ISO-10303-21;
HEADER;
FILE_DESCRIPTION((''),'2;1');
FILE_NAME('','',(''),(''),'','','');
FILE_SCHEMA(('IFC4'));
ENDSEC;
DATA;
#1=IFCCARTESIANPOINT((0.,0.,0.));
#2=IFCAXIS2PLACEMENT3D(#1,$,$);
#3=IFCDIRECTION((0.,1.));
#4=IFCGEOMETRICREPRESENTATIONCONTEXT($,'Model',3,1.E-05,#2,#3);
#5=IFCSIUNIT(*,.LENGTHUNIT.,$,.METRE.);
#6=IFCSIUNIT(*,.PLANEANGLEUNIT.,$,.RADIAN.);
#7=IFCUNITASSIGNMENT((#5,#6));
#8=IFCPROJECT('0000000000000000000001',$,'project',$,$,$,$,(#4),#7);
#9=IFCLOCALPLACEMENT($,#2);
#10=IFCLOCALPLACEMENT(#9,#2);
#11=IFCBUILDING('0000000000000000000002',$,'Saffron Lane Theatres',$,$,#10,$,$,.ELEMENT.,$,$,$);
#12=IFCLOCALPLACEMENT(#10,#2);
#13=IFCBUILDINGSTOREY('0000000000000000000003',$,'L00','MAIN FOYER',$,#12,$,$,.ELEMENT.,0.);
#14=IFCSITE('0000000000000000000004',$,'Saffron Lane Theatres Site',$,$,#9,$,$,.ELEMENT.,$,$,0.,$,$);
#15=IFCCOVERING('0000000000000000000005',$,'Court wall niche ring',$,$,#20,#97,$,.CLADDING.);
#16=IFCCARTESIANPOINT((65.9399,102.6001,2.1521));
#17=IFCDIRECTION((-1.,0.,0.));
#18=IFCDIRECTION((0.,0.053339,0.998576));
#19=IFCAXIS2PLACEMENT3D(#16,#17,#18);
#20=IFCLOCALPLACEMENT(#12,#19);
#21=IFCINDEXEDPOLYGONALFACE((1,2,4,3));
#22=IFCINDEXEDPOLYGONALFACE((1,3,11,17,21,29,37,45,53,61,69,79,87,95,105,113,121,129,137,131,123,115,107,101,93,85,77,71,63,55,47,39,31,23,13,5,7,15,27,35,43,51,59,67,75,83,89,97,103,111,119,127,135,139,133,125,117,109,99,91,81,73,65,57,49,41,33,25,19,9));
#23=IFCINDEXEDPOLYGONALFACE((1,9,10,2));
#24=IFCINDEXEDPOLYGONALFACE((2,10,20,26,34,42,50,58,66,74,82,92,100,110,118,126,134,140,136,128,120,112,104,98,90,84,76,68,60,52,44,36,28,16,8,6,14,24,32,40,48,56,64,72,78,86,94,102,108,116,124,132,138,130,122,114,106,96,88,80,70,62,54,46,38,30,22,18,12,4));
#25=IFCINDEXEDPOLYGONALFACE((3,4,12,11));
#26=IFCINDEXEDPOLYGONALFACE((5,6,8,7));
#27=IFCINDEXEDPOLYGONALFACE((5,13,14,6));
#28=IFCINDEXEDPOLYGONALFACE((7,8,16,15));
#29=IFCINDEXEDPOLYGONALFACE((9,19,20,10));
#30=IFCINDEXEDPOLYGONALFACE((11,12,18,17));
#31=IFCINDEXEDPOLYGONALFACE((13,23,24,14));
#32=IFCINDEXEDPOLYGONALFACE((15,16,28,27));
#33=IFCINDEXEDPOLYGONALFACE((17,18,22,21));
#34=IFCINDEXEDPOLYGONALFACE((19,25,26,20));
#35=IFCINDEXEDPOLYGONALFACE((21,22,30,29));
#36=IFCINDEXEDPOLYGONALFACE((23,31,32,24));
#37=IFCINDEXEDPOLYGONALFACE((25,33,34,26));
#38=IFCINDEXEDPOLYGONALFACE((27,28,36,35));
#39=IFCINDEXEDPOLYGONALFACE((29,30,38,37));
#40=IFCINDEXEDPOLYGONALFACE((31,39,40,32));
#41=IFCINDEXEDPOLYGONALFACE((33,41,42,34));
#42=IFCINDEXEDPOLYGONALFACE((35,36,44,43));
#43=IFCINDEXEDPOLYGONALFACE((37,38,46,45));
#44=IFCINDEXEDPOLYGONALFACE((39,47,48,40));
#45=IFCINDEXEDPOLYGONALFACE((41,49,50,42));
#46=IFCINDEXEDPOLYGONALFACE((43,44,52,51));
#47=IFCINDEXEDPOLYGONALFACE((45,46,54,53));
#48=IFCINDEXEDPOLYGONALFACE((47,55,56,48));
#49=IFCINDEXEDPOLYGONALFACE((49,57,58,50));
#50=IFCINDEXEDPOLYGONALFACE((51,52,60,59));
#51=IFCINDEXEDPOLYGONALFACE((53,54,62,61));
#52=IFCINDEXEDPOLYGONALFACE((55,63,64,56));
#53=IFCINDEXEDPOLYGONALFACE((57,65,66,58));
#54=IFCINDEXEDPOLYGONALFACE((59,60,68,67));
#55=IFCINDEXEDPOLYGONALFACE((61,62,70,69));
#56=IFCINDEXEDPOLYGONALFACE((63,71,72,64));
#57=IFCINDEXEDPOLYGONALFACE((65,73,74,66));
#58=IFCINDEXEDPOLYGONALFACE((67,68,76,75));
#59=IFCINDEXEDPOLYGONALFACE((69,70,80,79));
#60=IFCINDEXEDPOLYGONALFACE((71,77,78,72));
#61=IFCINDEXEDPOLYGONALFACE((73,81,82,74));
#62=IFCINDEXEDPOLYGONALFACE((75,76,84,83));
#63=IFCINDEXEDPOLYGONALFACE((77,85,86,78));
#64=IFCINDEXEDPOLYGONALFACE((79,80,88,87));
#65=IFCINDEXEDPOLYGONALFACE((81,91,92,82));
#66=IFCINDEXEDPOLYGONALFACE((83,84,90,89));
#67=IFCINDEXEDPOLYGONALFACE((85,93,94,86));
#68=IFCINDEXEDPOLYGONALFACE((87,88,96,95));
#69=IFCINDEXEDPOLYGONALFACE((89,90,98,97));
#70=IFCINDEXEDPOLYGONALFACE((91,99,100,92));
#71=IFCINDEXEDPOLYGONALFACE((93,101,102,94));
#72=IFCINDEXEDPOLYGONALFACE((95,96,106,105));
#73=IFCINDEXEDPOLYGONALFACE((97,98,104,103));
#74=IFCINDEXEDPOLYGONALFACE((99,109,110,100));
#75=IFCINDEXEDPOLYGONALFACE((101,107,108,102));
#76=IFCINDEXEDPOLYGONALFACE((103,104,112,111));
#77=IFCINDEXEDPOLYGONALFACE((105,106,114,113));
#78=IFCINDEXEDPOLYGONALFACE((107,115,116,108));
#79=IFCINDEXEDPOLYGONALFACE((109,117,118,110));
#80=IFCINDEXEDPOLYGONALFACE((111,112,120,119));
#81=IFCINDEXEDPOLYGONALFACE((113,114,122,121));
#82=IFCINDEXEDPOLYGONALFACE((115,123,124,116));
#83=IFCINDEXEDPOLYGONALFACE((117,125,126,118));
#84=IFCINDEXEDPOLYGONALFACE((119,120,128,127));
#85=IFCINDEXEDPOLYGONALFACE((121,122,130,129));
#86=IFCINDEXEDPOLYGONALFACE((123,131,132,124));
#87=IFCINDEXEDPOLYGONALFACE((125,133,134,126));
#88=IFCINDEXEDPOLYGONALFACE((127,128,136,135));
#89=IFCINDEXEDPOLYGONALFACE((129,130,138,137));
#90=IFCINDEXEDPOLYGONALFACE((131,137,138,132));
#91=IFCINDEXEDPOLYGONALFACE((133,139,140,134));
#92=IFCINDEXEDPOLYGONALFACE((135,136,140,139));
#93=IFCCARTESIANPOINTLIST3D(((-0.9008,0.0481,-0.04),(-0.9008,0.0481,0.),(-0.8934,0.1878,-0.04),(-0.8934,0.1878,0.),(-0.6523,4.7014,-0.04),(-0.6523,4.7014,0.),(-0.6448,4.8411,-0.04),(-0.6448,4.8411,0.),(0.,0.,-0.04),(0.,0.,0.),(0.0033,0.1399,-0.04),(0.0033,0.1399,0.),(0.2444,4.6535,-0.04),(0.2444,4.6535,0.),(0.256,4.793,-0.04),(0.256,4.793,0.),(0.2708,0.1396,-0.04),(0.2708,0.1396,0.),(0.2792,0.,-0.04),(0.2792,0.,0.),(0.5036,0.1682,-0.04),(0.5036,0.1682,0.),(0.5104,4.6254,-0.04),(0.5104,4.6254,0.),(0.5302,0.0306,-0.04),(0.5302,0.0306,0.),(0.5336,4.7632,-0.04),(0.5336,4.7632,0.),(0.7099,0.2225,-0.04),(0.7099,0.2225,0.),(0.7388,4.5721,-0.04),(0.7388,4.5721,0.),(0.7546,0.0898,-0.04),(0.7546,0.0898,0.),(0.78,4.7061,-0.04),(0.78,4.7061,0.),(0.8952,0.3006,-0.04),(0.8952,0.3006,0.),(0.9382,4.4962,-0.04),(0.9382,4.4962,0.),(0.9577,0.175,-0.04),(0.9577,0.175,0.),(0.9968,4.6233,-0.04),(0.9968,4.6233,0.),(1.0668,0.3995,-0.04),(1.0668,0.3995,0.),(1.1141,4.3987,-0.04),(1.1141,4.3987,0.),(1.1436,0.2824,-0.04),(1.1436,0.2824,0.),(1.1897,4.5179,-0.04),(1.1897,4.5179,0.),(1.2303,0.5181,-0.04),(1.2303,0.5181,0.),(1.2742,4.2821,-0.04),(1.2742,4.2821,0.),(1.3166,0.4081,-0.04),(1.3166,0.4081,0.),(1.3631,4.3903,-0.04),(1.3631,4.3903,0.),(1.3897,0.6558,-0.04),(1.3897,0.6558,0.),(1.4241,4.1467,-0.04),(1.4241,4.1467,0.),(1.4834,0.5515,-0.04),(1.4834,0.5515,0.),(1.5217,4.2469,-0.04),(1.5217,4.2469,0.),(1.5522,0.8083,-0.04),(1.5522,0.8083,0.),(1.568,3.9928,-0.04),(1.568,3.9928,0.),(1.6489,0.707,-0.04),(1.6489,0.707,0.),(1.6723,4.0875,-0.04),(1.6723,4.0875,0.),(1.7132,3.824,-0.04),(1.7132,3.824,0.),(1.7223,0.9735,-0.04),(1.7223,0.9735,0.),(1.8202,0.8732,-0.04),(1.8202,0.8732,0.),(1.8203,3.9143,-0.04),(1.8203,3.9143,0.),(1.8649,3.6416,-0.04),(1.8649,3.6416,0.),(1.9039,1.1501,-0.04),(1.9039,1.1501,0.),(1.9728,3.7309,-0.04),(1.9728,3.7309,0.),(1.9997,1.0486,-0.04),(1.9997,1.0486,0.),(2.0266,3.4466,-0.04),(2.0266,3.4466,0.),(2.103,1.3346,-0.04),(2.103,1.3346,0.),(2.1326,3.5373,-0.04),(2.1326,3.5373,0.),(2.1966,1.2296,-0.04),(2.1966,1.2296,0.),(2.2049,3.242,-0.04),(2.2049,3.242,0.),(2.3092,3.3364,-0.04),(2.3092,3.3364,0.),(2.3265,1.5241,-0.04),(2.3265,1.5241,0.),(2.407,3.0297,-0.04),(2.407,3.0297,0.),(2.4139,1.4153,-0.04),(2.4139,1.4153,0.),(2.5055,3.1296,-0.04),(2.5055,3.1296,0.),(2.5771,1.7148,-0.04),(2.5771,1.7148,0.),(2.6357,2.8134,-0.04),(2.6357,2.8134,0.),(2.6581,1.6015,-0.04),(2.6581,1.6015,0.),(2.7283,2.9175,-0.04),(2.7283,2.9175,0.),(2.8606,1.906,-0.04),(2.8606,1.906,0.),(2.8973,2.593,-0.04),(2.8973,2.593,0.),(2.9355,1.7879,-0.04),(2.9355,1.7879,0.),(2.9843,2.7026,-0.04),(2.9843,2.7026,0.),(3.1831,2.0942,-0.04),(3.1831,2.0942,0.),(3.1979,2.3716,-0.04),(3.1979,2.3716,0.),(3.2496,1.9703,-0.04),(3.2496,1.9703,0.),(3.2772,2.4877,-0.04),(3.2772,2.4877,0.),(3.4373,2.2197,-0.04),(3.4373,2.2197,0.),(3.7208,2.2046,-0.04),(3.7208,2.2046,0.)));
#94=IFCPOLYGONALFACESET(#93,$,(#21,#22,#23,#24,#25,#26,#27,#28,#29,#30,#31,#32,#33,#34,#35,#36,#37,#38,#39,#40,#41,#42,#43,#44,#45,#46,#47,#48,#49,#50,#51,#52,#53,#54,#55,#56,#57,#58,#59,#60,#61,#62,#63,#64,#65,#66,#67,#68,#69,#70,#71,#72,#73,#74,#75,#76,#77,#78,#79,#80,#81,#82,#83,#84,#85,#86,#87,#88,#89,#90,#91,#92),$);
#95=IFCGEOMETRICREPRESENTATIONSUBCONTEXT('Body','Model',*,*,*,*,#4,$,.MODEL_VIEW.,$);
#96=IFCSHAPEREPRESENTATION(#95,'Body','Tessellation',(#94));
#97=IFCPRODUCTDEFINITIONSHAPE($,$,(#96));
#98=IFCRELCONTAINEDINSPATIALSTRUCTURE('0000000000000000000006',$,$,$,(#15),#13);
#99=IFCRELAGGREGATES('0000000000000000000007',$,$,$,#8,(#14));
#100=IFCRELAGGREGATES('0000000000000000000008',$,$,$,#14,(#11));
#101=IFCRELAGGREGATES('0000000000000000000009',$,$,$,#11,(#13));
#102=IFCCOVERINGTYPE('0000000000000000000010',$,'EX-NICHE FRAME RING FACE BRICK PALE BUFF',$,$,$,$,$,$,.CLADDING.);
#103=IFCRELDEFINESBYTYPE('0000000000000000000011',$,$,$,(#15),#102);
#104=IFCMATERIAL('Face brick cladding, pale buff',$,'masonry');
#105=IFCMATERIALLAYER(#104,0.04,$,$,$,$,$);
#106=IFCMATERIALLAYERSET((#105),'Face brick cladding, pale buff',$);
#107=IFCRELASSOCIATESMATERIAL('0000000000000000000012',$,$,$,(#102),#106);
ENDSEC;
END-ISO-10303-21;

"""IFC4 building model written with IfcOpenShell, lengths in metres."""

from ifc_helpers import new_model, si_unit, direction, frame, origin, place, context, subcontext, project, spatial, polyline, outline, extrude, material, layer, layer_set, type_object, element, save


model = new_model("IFC4")

# Units and contexts
model_context = context("Model", 3, precision=1e-05, world=origin(), true_north=direction((0.0, 1.0)))
body_context = subcontext(model_context, "Body", "Model", "MODEL_VIEW")
ifc_project = project(units=[si_unit("LENGTHUNIT", "METRE"), si_unit("PLANEANGLEUNIT", "RADIAN")], contexts=[model_context])

# Site, building, storey
site_placement = place(None, origin())
site = spatial("IfcSite", under=ifc_project, at=site_placement, Name="Saffron Lane Theatres Site", CompositionType="ELEMENT", RefElevation=0.0)
building_placement = place(site_placement, origin())
building = spatial("IfcBuilding", under=site, at=building_placement, Name="Saffron Lane Theatres", CompositionType="ELEMENT")
storey_placement = place(building_placement, origin())
storey = spatial("IfcBuildingStorey", under=building, at=storey_placement, Name="L00", Description="MAIN FOYER", CompositionType="ELEMENT", Elevation=0.0)

# Covering
ifc_material_1 = material(Name="Face brick cladding, pale buff", Category="masonry")
ifc_layer_1 = layer(ifc_material_1, 0.04)
ifc_layer_set_1 = layer_set([ifc_layer_1], Name="Face brick cladding, pale buff")
covering_type_1 = type_object("IfcCoveringType", Name="EX-NICHE FRAME RING FACE BRICK PALE BUFF", PredefinedType="CLADDING", material=ifc_layer_set_1)
covering_1_placement = place(storey_placement, frame((65.9399, 102.6001, 2.1521), z_axis=(-1.0, 0.0, 0.0), x_axis=(0.0, 0.053339, 0.998576)))
element("IfcCovering", 1, at=covering_1_placement, inside=storey, type_object=covering_type_1, Name="Court wall niche ring", PredefinedType="CLADDING", context=body_context, shape_type="SweptSolid", body=[
    extrude(outline(polyline([(0.0, 0.0), (0.2792, 0.0), (0.5302, 0.0306), (0.7546, 0.0898), (0.9577, 0.175), (1.1436, 0.2824), (1.3166, 0.4081), (1.4834, 0.5515), (1.6489, 0.707), (1.8202, 0.8732), (1.9997, 1.0486), (2.1966, 1.2296), (2.4139, 1.4153), (2.6581, 1.6015), (2.9355, 1.7879), (3.2496, 1.9703), (3.7208, 2.2046), (3.2772, 2.4877), (2.9843, 2.7026), (2.7283, 2.9175), (2.5055, 3.1296), (2.3092, 3.3364), (2.1326, 3.5373), (1.9728, 3.7309), (1.8203, 3.9143), (1.6723, 4.0875), (1.5217, 4.2469), (1.3631, 4.3903), (1.1897, 4.5179), (0.9968, 4.6233), (0.78, 4.7061), (0.5336, 4.7632), (0.256, 4.793), (-0.6448, 4.8411), (-0.6523, 4.7014), (0.2444, 4.6535), (0.5104, 4.6254), (0.7388, 4.5721), (0.9382, 4.4962), (1.1141, 4.3987), (1.2742, 4.2821), (1.4241, 4.1467), (1.568, 3.9928), (1.7132, 3.824), (1.8649, 3.6416), (2.0266, 3.4466), (2.2049, 3.242), (2.407, 3.0297), (2.6357, 2.8134), (2.8973, 2.593), (3.1979, 2.3716), (3.4373, 2.2197), (3.1831, 2.0942), (2.8606, 1.906), (2.5771, 1.7148), (2.3265, 1.5241), (2.103, 1.3346), (1.9039, 1.1501), (1.7223, 0.9735), (1.5522, 0.8083), (1.3897, 0.6558), (1.2303, 0.5181), (1.0668, 0.3995), (0.8952, 0.3006), (0.7099, 0.2225), (0.5036, 0.1682), (0.2708, 0.1396), (0.0033, 0.1399), (-0.8934, 0.1878), (-0.9008, 0.0481), (0.0, 0.0)])), origin(), (0.0, 0.0, -1.0), 0.04),
])

save(model, "model.ifc")
